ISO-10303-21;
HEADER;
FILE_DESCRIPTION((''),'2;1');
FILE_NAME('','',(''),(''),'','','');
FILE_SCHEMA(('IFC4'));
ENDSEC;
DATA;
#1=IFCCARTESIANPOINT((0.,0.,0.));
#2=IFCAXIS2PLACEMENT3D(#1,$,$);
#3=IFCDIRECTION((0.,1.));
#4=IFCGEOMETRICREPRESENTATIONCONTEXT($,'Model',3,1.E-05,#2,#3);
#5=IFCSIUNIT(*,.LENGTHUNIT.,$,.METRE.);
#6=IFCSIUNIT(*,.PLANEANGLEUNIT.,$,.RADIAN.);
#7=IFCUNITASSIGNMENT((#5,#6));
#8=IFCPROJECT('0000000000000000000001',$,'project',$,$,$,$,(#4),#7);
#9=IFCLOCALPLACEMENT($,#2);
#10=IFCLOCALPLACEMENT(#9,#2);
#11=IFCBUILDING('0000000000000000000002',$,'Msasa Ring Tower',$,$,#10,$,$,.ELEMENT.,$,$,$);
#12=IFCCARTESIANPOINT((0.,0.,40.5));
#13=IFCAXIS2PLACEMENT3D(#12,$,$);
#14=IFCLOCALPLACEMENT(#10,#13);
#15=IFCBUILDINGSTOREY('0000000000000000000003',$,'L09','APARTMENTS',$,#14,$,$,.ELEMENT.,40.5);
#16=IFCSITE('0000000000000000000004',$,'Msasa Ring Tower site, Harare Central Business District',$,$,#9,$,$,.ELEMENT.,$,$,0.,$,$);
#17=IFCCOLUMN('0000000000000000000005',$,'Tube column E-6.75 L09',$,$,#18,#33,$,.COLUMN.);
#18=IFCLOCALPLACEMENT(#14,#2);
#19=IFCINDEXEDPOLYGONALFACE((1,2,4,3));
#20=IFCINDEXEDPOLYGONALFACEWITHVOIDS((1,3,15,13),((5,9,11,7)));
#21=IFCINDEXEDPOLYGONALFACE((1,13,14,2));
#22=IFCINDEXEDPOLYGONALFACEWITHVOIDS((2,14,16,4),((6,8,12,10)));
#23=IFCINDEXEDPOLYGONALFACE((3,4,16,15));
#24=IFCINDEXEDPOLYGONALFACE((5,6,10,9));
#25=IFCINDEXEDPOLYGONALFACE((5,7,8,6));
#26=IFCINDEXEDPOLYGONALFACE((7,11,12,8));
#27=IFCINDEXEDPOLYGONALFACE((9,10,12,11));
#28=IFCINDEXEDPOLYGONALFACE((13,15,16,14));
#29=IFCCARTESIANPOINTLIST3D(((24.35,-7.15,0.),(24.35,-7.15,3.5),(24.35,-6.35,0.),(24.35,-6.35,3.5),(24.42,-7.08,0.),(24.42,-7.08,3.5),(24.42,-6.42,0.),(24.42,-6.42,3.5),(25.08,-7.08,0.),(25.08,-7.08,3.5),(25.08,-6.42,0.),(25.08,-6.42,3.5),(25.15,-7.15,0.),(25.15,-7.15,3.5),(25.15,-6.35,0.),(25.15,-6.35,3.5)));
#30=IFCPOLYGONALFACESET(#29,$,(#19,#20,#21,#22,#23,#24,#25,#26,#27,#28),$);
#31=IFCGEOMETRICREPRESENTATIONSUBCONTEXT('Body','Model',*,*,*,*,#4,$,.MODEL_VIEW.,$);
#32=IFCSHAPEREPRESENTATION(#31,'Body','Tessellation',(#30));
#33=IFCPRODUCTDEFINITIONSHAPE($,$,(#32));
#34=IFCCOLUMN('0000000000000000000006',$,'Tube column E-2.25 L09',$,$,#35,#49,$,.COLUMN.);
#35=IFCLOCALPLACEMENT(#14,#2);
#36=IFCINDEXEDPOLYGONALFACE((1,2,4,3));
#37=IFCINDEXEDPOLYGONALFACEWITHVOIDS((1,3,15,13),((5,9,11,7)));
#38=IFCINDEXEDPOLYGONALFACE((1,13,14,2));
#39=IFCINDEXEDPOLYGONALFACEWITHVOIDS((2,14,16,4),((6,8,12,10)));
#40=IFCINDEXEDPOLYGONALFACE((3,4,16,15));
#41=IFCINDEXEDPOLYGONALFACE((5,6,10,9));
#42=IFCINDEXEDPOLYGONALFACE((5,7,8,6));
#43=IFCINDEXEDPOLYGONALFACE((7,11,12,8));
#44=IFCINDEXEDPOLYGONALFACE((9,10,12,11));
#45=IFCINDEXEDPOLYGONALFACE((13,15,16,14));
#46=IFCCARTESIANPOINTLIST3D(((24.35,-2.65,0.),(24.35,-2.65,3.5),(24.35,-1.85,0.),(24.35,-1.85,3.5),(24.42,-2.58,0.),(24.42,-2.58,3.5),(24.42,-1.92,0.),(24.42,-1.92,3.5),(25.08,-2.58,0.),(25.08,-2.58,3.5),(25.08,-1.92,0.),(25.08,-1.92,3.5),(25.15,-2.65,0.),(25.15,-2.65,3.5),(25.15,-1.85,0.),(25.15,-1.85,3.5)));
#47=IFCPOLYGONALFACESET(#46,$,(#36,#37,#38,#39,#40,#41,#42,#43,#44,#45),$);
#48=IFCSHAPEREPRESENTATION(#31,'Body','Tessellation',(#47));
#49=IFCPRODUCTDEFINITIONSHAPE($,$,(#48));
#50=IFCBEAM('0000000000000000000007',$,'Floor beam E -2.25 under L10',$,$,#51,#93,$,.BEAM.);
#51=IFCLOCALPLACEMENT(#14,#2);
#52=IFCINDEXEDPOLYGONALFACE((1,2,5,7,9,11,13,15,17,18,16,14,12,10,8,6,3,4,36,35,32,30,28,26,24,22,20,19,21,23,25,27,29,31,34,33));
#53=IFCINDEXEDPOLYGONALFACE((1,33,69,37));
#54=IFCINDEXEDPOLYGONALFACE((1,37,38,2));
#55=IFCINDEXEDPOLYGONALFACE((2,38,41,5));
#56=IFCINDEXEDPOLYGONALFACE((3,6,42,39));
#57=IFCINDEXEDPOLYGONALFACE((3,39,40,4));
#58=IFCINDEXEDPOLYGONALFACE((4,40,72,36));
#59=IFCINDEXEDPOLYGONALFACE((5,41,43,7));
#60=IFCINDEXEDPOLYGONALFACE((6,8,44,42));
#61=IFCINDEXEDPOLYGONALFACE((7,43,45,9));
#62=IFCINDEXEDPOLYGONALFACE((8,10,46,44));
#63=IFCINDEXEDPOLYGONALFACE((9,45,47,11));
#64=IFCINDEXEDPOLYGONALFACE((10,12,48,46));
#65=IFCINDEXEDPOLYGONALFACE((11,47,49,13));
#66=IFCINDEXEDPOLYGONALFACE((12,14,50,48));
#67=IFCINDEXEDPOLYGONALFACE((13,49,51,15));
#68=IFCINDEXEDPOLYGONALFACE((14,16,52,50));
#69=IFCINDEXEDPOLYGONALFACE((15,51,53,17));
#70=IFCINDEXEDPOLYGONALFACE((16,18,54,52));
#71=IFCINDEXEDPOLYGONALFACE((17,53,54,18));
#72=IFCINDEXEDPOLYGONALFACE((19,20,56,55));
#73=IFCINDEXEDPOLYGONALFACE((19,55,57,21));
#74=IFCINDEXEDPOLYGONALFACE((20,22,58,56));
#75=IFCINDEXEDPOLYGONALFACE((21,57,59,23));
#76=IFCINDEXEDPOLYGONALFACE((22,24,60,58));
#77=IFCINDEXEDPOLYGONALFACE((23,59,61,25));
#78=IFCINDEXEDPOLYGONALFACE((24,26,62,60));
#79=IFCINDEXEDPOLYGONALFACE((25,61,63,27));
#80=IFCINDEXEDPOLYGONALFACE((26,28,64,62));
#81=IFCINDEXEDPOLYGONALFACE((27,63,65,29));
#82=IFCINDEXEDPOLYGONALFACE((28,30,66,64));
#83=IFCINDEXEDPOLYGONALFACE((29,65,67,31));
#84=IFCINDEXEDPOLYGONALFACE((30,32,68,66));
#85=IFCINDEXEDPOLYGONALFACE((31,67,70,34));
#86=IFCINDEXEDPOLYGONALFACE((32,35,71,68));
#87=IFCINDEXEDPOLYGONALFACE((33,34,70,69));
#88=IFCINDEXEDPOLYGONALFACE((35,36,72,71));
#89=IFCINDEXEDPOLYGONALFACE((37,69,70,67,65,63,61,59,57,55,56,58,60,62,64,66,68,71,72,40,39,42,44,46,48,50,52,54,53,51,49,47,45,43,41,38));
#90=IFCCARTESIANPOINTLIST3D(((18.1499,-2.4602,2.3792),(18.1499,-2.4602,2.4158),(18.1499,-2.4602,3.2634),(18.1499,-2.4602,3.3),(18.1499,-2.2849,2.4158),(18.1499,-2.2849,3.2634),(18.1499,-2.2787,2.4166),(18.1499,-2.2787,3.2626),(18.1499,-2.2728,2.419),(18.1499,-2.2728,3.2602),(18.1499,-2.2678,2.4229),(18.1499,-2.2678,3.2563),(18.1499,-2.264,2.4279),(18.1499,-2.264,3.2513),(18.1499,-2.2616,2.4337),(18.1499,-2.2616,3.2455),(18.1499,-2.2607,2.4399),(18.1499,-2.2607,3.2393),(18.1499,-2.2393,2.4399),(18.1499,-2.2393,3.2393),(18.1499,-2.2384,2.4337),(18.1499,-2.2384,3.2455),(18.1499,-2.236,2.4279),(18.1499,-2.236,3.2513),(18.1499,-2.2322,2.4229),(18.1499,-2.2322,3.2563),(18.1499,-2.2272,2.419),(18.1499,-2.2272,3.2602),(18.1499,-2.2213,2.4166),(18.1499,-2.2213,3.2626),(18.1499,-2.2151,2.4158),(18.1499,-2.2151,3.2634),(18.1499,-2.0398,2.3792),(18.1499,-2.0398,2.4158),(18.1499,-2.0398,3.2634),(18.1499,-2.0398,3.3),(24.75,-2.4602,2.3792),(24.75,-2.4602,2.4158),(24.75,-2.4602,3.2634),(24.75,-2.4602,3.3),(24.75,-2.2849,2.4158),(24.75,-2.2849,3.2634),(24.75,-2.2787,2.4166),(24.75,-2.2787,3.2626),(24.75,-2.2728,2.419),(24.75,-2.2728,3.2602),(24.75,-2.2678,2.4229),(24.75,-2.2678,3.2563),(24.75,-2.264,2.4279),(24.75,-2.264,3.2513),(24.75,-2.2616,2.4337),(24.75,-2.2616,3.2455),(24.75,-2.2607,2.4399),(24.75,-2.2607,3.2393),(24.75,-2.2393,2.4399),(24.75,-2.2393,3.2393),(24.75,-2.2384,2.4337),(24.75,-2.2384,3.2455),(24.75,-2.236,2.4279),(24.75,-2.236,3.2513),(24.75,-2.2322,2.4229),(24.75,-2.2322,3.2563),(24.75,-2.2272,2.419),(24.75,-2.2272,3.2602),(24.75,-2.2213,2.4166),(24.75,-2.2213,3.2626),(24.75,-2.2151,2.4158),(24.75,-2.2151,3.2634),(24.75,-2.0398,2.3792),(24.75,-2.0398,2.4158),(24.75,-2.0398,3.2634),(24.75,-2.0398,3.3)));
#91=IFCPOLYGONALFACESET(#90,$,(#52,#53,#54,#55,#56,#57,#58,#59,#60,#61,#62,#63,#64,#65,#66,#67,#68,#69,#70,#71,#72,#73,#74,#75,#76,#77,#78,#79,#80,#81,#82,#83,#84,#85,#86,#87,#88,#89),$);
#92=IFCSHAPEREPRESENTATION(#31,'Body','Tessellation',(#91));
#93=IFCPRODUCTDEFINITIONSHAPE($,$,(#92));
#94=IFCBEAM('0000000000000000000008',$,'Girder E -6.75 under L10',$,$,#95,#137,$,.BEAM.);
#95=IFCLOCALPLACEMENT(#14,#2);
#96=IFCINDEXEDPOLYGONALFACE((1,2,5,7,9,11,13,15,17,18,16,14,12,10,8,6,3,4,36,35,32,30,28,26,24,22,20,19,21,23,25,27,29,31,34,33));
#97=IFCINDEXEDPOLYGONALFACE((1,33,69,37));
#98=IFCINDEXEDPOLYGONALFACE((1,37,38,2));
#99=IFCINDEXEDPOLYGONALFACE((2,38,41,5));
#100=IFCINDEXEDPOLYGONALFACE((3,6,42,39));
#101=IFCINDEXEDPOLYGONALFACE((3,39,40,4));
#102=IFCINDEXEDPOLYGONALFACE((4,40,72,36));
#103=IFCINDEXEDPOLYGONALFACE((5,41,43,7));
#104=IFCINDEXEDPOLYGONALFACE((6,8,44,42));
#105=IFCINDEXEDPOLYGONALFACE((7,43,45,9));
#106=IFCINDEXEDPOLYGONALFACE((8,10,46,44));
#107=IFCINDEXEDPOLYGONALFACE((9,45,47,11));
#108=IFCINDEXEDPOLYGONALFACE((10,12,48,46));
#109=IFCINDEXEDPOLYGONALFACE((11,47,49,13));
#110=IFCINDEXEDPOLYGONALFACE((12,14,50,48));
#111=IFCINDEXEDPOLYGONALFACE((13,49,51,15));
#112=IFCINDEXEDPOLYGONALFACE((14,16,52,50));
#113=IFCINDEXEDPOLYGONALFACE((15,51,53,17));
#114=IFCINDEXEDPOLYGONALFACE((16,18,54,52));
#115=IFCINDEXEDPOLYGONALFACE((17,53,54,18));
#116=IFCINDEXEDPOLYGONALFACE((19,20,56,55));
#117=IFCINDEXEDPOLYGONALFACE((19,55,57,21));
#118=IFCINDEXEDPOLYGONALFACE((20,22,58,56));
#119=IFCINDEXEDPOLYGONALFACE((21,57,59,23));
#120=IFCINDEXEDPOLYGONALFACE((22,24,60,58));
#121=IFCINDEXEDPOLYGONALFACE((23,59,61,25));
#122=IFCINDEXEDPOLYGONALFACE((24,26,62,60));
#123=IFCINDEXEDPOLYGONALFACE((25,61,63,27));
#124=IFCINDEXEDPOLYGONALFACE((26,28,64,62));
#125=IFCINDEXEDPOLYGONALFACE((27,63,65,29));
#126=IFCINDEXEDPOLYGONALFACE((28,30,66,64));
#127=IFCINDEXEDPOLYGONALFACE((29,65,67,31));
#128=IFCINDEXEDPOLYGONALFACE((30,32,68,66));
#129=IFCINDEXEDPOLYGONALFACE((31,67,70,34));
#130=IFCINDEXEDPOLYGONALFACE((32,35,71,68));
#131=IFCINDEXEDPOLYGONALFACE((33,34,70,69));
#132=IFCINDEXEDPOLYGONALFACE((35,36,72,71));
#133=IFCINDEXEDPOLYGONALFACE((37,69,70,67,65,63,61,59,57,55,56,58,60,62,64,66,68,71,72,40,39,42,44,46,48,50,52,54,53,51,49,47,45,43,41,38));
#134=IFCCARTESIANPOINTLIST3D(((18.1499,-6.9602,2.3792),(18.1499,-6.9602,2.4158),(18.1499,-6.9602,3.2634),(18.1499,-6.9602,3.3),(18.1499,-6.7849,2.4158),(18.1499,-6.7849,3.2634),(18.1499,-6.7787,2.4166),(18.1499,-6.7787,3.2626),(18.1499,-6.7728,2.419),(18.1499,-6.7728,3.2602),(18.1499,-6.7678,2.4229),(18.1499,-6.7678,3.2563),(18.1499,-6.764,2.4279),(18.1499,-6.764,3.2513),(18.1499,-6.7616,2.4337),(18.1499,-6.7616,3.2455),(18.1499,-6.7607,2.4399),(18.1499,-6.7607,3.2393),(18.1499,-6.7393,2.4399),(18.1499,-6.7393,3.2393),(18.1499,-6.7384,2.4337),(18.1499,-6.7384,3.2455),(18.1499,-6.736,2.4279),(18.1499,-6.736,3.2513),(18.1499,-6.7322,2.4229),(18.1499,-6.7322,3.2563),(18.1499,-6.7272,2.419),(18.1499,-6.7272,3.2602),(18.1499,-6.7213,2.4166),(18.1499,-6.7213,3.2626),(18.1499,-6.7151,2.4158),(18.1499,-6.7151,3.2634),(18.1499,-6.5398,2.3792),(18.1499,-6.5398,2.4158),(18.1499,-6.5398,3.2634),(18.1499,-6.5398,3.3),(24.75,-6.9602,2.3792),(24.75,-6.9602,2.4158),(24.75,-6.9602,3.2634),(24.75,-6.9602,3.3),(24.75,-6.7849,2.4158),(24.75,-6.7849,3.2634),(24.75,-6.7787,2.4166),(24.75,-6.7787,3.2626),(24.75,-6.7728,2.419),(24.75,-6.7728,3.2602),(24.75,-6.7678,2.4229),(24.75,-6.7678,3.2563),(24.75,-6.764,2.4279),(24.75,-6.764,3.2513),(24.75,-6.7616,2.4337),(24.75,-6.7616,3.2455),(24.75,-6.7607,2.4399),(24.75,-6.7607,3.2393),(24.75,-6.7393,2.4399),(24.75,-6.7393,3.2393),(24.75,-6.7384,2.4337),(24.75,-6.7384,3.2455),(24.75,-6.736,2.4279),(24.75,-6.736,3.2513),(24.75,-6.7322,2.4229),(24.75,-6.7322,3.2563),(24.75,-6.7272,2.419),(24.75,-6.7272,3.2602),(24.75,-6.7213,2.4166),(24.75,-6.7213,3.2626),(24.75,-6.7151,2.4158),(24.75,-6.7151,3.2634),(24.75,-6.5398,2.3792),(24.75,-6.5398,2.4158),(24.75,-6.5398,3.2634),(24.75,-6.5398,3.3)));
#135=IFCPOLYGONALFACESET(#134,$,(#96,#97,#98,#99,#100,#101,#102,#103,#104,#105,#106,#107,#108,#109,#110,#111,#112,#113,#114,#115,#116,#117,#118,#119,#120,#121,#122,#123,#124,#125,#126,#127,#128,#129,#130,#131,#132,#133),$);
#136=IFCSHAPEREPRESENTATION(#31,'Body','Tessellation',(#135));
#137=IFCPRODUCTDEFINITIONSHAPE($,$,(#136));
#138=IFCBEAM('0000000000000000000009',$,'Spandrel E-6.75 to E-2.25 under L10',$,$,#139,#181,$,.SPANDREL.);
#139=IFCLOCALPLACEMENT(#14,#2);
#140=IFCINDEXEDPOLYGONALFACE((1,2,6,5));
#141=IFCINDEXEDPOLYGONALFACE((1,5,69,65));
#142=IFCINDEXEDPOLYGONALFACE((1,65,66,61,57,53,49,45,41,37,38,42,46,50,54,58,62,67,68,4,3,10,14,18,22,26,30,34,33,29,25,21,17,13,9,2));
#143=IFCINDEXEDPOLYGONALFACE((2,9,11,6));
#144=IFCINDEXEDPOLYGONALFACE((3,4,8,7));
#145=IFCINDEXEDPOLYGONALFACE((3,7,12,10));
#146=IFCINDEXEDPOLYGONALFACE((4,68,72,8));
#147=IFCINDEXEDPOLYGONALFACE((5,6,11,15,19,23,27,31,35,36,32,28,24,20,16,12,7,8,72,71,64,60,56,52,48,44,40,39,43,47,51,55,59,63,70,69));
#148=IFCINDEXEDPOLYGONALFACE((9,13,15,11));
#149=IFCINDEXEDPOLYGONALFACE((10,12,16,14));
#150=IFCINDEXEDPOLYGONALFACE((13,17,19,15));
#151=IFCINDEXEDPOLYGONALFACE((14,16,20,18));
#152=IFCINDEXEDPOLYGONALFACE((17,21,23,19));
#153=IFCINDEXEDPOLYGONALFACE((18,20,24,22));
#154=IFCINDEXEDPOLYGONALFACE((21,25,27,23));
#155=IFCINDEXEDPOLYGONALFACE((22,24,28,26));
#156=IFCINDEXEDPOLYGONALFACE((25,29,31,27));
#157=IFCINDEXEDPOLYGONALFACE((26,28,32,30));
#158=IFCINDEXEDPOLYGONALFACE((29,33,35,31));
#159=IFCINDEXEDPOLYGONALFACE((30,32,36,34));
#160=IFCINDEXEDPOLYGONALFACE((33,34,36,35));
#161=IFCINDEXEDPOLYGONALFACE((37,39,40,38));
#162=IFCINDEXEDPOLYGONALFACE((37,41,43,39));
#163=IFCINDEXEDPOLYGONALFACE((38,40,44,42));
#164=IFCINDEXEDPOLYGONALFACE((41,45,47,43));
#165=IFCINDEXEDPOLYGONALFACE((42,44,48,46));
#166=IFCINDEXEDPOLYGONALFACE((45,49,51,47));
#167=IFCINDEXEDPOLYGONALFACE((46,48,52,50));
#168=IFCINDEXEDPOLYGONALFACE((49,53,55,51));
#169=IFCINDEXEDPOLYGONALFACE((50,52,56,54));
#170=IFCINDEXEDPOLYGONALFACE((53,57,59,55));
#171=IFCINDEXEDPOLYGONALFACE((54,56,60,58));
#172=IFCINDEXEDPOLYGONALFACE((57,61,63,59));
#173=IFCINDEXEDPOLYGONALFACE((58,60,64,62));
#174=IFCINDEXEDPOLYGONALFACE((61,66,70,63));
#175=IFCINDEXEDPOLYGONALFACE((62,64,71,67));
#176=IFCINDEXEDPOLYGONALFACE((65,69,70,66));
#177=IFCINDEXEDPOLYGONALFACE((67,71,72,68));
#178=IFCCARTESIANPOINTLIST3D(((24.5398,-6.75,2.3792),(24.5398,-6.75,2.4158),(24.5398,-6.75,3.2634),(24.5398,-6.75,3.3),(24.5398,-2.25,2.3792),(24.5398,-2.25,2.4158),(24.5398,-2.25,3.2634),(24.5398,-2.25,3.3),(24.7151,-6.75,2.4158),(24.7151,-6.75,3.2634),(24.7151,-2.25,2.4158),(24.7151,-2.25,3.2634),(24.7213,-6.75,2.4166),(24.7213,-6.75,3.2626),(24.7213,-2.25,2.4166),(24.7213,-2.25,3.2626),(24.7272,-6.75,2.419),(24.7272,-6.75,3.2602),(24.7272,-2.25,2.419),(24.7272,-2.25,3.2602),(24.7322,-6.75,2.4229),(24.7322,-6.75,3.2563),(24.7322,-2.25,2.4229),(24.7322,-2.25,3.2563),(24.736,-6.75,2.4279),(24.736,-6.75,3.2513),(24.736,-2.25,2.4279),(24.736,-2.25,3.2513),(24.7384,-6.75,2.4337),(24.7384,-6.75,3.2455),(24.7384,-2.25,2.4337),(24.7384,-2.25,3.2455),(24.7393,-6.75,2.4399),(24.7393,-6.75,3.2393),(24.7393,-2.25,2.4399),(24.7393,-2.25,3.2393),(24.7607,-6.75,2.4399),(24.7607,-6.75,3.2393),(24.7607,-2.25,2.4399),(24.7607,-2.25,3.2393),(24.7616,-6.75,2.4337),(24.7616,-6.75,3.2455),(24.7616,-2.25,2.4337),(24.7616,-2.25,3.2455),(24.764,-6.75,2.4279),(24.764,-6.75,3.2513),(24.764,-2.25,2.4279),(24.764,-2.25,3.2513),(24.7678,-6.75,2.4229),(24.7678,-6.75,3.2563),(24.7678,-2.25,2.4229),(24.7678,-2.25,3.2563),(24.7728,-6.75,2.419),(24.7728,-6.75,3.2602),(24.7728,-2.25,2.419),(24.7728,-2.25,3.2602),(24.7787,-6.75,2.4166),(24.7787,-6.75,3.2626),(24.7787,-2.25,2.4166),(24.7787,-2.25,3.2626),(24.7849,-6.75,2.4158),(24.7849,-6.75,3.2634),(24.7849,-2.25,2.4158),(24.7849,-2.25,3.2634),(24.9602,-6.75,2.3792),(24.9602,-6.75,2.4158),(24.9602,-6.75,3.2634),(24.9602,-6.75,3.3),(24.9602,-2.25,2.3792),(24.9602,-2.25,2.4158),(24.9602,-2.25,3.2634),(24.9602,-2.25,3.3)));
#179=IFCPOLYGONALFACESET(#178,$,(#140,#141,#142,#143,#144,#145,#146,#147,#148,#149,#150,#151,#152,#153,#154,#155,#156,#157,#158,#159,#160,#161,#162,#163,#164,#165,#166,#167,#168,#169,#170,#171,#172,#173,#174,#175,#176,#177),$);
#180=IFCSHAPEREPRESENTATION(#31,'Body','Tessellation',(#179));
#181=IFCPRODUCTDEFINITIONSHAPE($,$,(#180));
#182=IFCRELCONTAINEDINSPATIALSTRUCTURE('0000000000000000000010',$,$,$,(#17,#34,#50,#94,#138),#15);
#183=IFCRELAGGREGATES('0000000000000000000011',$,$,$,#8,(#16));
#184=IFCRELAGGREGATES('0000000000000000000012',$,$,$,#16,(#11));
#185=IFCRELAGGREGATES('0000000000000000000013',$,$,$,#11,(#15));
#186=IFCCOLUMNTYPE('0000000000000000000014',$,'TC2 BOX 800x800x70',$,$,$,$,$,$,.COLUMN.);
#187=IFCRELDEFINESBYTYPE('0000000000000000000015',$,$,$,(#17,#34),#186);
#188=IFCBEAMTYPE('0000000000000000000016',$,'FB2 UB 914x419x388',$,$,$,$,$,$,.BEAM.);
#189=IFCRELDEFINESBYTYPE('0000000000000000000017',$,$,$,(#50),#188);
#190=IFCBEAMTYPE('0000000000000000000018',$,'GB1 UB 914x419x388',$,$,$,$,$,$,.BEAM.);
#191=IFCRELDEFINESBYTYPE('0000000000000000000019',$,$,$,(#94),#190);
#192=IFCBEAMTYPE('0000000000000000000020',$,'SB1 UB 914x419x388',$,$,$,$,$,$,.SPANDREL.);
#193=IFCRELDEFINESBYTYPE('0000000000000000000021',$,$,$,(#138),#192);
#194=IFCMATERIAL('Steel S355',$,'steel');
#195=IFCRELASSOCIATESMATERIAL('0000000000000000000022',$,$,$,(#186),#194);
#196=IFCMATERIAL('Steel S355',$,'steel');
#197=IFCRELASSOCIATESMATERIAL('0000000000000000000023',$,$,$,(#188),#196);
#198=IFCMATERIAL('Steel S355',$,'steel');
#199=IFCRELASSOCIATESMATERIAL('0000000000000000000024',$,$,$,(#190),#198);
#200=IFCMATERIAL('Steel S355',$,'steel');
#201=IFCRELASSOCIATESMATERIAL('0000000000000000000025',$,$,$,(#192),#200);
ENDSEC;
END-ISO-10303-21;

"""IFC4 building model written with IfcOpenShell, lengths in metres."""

from ifc_helpers import new_model, si_unit, direction, frame, origin, origin_2d, place, context, subcontext, project, spatial, hollow_rectangle, i_section, extrude, material, material_profile, profile_set, type_object, element, save


model = new_model("IFC4")

# Units and contexts
model_context = context("Model", 3, precision=1e-05, world=origin(), true_north=direction((0.0, 1.0)))
body_context = subcontext(model_context, "Body", "Model", "MODEL_VIEW")
ifc_project = project(units=[si_unit("LENGTHUNIT", "METRE"), si_unit("PLANEANGLEUNIT", "RADIAN")], contexts=[model_context])

# Site, building, storey
site_placement = place(None, origin())
site = spatial("IfcSite", under=ifc_project, at=site_placement, Name="Msasa Ring Tower site, Harare Central Business District", CompositionType="ELEMENT", RefElevation=0.0)
building_placement = place(site_placement, origin())
building = spatial("IfcBuilding", under=site, at=building_placement, Name="Msasa Ring Tower", CompositionType="ELEMENT")
storey_placement = place(building_placement, frame((0.0, 0.0, 40.5)))
storey = spatial("IfcBuildingStorey", under=building, at=storey_placement, Name="L09", Description="APARTMENTS", CompositionType="ELEMENT", Elevation=40.5)

# Columns
ifc_material_1 = material(Name="Steel S355", Category="steel")
ifc_material_profile_1 = material_profile(ifc_material_1, hollow_rectangle(XDim=0.8, YDim=0.8, WallThickness=0.0701, at=origin_2d()), Name="BOX 800x800x70")
ifc_profile_set_1 = profile_set([ifc_material_profile_1], Name="Steel S355")
column_type = type_object("IfcColumnType", Name="TC2 BOX 800x800x70", PredefinedType="COLUMN", material=ifc_profile_set_1)
for number, where, z_axis, x_axis, name in (
    (1, (24.75, -6.75, 0.0), (0.0, 0.0, 1.0), (1.0, 0.0, 0.0), "Tube column E-6.75 L09"),
    (2, (24.75, -2.25, 0.0), (0.0, 0.0, 1.0), (1.0, 0.0, 0.0), "Tube column E-2.25 L09"),
):
    element("IfcColumn", number, at=place(storey_placement, frame(where, z_axis=z_axis, x_axis=x_axis)), inside=storey, type_object=column_type, Name=name, PredefinedType="COLUMN", context=body_context, shape_type="SweptSolid", body=[
        extrude(hollow_rectangle(XDim=0.8, YDim=0.8, WallThickness=0.0701, at=origin_2d()), origin(), (0.0, 0.0, 1.0), 3.5),
    ])

# Beams
ifc_material_2 = material(Name="Steel S355", Category="steel")
ifc_material_profile_2 = material_profile(ifc_material_2, i_section(OverallWidth=0.4204, OverallDepth=0.9209, WebThickness=0.0215, FlangeThickness=0.0366, FilletRadius=0.0242, at=origin_2d()), Name="UB 914x419x388")
ifc_profile_set_2 = profile_set([ifc_material_profile_2], Name="Steel S355")
beam_type_1 = type_object("IfcBeamType", Name="FB2 UB 914x419x388", PredefinedType="BEAM", material=ifc_profile_set_2)
beam_1_placement = place(storey_placement, frame((24.75, -2.25, 2.8396), z_axis=(-1.0, 0.0, 0.0), x_axis=(0.0, -1.0, 0.0)))
element("IfcBeam", 3, at=beam_1_placement, inside=storey, type_object=beam_type_1, Name="Floor beam E -2.25 under L10", PredefinedType="BEAM", context=body_context, shape_type="SweptSolid", body=[
    extrude(i_section(OverallWidth=0.4204, OverallDepth=0.9209, WebThickness=0.0215, FlangeThickness=0.0366, FilletRadius=0.0242, at=origin_2d()), origin(), (0.0, 0.0, 1.0), 6.6001),
])
ifc_material_3 = material(Name="Steel S355", Category="steel")
ifc_material_profile_3 = material_profile(ifc_material_3, i_section(OverallWidth=0.4204, OverallDepth=0.9209, WebThickness=0.0215, FlangeThickness=0.0366, FilletRadius=0.0242, at=origin_2d()), Name="UB 914x419x388")
ifc_profile_set_3 = profile_set([ifc_material_profile_3], Name="Steel S355")
beam_type_2 = type_object("IfcBeamType", Name="GB1 UB 914x419x388", PredefinedType="BEAM", material=ifc_profile_set_3)
beam_2_placement = place(storey_placement, frame((18.1499, -6.75, 2.8396), z_axis=(1.0, 0.0, 0.0), x_axis=(0.0, 1.0, 0.0)))
element("IfcBeam", 4, at=beam_2_placement, inside=storey, type_object=beam_type_2, Name="Girder E -6.75 under L10", PredefinedType="BEAM", context=body_context, shape_type="SweptSolid", body=[
    extrude(i_section(OverallWidth=0.4204, OverallDepth=0.9209, WebThickness=0.0215, FlangeThickness=0.0366, FilletRadius=0.0242, at=origin_2d()), origin(), (0.0, 0.0, 1.0), 6.6001),
])
ifc_material_4 = material(Name="Steel S355", Category="steel")
ifc_material_profile_4 = material_profile(ifc_material_4, i_section(OverallWidth=0.4204, OverallDepth=0.9209, WebThickness=0.0215, FlangeThickness=0.0366, FilletRadius=0.0242, at=origin_2d()), Name="UB 914x419x388")
ifc_profile_set_4 = profile_set([ifc_material_profile_4], Name="Steel S355")
beam_type_3 = type_object("IfcBeamType", Name="SB1 UB 914x419x388", PredefinedType="SPANDREL", material=ifc_profile_set_4)
for number, where, z_axis, x_axis, name in (
    (5, (24.75, -6.75, 2.8396), (0.0, 1.0, 0.0), (-1.0, 0.0, 0.0), "Spandrel E-6.75 to E-2.25 under L10"),
):
    element("IfcBeam", number, at=place(storey_placement, frame(where, z_axis=z_axis, x_axis=x_axis)), inside=storey, type_object=beam_type_3, Name=name, PredefinedType="SPANDREL", context=body_context, shape_type="SweptSolid", body=[
        extrude(i_section(OverallWidth=0.4204, OverallDepth=0.9209, WebThickness=0.0215, FlangeThickness=0.0366, FilletRadius=0.0242, at=origin_2d()), origin(), (0.0, 0.0, 1.0), 4.5),
    ])

save(model, "model.ifc")
